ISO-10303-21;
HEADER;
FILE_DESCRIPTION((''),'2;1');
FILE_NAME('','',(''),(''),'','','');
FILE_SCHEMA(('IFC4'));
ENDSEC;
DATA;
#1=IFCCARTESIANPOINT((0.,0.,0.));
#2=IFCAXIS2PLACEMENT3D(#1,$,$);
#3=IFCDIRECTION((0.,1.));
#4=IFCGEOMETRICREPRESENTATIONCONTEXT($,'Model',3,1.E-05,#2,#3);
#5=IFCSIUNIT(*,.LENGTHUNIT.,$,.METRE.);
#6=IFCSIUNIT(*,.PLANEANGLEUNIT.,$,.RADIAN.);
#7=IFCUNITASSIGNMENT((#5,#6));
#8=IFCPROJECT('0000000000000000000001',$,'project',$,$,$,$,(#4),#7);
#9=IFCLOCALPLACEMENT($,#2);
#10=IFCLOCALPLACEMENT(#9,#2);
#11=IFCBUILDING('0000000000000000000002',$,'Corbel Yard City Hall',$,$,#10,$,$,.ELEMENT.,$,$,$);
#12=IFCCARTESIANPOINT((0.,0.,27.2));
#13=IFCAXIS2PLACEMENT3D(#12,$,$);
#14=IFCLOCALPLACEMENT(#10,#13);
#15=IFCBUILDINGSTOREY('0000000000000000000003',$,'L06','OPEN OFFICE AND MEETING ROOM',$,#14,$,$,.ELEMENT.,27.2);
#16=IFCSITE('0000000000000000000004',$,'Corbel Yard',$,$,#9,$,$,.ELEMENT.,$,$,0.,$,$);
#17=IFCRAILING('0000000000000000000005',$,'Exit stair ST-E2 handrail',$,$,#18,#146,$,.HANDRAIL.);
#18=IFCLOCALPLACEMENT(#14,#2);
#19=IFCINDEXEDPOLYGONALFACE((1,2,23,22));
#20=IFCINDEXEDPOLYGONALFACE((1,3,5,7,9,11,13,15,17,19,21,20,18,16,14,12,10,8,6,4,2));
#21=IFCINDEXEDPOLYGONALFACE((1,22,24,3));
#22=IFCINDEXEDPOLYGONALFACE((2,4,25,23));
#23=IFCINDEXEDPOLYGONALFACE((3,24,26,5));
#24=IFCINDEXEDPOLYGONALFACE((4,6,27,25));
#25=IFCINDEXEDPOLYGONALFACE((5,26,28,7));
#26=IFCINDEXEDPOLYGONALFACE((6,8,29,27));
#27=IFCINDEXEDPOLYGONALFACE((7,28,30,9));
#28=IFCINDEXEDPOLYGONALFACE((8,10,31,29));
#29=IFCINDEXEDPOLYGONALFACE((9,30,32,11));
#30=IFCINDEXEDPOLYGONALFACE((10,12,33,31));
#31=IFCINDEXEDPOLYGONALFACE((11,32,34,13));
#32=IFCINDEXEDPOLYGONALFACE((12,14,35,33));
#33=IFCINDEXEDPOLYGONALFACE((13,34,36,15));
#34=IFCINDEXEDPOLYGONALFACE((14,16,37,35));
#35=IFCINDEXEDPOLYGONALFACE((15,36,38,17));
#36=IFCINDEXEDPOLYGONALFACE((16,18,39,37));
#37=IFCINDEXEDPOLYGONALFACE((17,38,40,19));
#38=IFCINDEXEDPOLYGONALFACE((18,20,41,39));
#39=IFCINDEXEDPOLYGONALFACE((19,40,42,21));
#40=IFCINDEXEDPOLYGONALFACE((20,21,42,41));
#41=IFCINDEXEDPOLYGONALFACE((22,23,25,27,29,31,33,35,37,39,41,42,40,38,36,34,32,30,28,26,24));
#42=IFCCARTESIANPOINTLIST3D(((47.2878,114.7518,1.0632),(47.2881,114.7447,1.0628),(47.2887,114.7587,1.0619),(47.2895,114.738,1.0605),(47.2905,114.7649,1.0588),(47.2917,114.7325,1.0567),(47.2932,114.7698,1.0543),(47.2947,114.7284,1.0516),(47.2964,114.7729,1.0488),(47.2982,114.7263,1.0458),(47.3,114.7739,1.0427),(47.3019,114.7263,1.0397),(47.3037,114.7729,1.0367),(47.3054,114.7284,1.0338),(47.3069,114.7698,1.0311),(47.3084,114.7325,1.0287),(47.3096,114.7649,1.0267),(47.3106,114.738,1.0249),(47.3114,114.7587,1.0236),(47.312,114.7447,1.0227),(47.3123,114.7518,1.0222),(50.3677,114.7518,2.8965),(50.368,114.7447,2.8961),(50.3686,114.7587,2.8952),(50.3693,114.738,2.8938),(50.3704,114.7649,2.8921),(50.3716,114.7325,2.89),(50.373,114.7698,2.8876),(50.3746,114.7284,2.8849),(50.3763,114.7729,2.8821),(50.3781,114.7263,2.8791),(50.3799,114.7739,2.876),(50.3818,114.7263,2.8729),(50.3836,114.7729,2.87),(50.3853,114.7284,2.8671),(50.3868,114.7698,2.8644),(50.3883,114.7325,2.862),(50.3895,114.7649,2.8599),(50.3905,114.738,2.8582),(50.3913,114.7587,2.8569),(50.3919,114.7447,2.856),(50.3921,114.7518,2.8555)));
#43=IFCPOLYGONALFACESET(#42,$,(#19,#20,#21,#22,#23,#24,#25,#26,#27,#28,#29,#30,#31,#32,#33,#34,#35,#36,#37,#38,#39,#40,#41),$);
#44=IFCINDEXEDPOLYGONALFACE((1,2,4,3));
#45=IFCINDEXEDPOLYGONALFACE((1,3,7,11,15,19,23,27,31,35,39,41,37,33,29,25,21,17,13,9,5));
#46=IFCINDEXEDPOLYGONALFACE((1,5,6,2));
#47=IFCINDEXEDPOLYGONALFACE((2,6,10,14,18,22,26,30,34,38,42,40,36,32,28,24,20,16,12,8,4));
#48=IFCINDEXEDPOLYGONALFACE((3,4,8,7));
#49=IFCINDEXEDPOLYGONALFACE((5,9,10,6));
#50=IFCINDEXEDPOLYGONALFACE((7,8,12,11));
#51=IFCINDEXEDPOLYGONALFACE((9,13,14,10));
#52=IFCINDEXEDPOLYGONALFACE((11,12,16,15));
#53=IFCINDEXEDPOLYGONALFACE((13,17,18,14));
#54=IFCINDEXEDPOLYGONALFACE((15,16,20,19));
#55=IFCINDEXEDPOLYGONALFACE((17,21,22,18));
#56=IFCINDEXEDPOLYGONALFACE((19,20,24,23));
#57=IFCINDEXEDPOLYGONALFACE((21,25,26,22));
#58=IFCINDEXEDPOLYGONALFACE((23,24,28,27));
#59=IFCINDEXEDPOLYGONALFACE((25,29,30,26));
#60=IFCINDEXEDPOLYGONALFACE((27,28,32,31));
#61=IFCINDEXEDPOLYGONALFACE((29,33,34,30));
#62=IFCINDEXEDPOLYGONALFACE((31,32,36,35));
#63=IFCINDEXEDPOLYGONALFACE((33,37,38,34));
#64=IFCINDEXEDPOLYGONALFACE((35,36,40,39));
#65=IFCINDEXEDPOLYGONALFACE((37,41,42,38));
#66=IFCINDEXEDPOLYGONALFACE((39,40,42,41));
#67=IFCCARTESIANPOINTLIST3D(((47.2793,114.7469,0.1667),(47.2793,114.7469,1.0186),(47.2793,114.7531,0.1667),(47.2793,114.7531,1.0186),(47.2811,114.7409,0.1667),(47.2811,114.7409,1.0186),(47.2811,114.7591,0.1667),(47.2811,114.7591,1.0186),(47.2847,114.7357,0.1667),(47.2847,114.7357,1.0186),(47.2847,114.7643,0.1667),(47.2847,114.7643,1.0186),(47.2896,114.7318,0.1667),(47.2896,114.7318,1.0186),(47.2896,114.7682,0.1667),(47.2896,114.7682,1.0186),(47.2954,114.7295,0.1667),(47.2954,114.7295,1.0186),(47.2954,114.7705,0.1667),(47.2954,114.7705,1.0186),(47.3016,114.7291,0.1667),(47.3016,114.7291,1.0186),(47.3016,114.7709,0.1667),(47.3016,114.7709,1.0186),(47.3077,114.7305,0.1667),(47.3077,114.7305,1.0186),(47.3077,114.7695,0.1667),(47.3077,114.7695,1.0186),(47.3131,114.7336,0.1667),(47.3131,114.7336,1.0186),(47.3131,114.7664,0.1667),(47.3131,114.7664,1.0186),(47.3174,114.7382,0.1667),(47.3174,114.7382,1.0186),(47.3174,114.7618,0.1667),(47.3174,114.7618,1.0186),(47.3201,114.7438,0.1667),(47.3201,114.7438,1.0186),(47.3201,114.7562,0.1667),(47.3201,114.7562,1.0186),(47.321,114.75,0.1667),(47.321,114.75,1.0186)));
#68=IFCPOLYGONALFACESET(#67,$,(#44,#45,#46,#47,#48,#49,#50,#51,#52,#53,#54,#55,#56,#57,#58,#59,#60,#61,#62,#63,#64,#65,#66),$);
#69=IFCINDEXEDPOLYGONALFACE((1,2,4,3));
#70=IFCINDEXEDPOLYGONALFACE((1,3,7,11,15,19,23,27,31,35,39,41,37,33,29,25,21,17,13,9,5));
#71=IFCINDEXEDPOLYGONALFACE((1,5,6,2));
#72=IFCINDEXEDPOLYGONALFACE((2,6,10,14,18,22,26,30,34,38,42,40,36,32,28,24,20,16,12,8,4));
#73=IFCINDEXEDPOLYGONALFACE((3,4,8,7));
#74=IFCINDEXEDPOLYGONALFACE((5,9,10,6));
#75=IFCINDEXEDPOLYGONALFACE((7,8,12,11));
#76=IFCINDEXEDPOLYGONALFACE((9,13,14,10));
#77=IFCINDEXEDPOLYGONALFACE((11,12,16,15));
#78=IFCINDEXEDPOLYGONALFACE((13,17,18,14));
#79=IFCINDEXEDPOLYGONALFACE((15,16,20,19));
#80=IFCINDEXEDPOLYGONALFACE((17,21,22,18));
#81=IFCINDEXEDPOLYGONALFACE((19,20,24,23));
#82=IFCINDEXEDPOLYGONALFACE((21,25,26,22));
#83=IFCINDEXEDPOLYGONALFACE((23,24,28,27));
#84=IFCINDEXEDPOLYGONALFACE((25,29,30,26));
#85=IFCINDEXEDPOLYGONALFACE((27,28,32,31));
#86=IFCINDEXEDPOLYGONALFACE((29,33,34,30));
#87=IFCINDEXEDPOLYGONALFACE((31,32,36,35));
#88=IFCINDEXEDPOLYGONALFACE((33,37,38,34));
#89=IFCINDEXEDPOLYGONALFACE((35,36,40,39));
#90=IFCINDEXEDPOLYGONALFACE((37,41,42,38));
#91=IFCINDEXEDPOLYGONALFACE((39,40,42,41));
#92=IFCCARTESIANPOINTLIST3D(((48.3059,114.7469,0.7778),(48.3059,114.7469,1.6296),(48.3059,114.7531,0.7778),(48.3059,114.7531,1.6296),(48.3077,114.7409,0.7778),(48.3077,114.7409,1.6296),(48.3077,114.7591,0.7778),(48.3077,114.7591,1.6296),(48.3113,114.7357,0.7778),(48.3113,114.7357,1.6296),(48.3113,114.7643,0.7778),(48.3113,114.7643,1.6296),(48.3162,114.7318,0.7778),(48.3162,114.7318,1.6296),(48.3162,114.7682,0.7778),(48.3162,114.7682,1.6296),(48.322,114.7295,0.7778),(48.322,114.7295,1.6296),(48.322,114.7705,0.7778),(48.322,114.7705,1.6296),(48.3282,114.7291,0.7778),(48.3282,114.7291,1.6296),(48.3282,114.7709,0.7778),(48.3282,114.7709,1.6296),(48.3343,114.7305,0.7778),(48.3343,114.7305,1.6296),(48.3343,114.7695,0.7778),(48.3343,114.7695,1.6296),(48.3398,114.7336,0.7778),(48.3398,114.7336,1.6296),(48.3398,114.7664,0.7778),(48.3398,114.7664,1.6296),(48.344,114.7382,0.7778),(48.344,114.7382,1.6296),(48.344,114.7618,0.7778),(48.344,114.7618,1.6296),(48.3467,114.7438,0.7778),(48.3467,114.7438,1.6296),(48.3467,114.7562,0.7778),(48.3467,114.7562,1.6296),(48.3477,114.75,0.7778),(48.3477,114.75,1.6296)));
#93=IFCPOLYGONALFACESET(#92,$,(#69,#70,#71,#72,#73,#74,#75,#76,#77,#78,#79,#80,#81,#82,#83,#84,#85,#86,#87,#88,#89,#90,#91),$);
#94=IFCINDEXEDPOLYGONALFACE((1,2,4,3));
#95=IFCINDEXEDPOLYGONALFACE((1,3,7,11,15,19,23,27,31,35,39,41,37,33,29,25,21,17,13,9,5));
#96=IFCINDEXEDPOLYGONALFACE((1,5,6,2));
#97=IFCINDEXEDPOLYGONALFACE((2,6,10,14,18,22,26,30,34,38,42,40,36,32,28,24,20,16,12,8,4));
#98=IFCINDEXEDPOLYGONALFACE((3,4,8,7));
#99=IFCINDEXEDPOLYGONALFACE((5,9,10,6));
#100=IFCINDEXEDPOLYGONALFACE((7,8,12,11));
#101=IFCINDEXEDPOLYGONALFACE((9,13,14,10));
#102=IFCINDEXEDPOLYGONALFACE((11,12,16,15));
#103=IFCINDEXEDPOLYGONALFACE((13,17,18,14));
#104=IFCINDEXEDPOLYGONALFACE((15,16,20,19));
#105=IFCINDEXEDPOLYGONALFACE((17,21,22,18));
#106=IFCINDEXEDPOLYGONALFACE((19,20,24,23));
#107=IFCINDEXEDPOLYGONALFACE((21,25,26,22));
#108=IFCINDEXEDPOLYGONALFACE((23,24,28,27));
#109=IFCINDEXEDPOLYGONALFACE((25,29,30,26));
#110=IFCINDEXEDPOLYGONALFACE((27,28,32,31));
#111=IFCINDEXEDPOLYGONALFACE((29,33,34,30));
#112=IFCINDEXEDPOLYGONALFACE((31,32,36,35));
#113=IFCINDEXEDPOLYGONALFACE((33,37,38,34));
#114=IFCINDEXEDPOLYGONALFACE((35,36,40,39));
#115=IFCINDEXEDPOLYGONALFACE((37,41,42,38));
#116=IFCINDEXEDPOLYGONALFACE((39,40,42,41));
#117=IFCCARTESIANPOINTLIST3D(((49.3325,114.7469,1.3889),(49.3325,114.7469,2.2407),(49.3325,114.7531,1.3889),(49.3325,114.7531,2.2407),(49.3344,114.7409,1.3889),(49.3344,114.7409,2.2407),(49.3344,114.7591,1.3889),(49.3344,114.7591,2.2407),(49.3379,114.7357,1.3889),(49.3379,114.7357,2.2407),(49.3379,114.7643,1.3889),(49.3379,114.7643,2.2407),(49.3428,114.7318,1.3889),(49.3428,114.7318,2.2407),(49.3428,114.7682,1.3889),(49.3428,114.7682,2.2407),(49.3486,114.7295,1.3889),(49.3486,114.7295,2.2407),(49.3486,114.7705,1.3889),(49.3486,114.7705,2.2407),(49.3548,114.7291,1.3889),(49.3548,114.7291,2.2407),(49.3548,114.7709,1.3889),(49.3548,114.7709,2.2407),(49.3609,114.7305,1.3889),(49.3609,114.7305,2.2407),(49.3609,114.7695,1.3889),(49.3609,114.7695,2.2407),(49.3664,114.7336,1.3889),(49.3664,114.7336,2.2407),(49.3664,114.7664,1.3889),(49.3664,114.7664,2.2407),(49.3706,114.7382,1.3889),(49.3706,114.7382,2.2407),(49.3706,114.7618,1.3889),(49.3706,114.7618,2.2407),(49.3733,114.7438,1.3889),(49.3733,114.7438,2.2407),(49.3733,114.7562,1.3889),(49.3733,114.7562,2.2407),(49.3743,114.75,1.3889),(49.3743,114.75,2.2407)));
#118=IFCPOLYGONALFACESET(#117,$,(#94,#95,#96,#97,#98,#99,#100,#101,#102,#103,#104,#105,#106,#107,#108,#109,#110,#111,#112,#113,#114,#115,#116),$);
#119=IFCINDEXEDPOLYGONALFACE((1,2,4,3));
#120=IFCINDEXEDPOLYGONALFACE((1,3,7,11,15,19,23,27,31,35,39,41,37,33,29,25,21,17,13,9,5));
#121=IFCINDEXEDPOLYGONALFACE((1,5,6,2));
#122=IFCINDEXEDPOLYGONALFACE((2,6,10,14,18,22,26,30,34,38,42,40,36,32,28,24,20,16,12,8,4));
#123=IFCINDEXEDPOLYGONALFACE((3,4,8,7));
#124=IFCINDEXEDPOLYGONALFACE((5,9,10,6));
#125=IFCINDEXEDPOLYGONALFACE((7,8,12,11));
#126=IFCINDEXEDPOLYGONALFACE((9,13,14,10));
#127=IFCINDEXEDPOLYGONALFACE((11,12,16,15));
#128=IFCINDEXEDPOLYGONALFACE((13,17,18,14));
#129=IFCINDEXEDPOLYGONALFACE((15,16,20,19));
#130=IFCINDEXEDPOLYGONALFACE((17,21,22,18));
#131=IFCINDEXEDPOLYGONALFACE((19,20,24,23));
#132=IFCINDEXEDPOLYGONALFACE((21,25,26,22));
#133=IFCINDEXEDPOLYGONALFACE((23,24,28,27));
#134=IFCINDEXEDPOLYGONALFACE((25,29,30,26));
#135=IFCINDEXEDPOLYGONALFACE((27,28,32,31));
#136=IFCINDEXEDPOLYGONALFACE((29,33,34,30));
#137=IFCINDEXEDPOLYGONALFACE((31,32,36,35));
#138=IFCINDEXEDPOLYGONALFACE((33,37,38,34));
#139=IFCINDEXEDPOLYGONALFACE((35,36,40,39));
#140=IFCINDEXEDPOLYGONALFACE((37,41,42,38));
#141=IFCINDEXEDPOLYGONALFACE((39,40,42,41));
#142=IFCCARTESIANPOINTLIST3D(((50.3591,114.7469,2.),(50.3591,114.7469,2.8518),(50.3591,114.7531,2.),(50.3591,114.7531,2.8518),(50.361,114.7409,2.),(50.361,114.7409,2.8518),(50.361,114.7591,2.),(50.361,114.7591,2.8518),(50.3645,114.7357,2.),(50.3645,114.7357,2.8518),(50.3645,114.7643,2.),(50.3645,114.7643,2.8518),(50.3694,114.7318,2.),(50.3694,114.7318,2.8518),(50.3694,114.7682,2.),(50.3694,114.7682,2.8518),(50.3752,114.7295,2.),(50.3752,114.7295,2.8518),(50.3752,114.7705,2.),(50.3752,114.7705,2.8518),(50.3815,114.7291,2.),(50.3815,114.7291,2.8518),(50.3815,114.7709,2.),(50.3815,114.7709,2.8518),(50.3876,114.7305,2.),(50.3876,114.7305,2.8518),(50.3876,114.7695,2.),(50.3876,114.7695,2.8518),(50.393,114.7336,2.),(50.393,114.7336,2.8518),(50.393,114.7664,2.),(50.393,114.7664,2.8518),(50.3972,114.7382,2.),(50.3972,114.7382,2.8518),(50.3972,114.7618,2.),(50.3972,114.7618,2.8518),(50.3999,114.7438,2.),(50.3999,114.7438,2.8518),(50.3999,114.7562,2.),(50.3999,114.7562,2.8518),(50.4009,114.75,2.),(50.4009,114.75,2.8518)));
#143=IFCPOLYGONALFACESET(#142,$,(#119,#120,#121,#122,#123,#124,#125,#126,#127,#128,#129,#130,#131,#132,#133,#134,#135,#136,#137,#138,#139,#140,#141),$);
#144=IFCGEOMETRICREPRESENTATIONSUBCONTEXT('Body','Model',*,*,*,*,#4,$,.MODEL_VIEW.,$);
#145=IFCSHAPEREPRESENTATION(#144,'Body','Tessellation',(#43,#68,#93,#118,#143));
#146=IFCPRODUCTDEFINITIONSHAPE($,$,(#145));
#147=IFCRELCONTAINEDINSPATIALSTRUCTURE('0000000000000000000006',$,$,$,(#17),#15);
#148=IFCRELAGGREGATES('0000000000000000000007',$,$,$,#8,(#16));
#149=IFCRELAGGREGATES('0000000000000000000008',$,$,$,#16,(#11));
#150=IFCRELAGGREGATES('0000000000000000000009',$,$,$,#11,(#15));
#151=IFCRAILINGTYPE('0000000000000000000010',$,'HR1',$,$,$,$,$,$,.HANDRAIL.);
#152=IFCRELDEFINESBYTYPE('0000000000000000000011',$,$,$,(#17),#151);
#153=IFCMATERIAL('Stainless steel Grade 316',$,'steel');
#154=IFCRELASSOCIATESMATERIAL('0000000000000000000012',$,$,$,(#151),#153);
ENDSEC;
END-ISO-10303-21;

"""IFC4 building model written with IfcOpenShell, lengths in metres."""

from ifc_helpers import new_model, si_unit, direction, frame, origin, origin_2d, place, context, subcontext, project, spatial, circle, extrude, material, type_object, element, save


model = new_model("IFC4")

# Units and contexts
model_context = context("Model", 3, precision=1e-05, world=origin(), true_north=direction((0.0, 1.0)))
body_context = subcontext(model_context, "Body", "Model", "MODEL_VIEW")
ifc_project = project(units=[si_unit("LENGTHUNIT", "METRE"), si_unit("PLANEANGLEUNIT", "RADIAN")], contexts=[model_context])

# Site, building, storey
site_placement = place(None, origin())
site = spatial("IfcSite", under=ifc_project, at=site_placement, Name="Corbel Yard", CompositionType="ELEMENT", RefElevation=0.0)
building_placement = place(site_placement, origin())
building = spatial("IfcBuilding", under=site, at=building_placement, Name="Corbel Yard City Hall", CompositionType="ELEMENT")
storey_placement = place(building_placement, frame((0.0, 0.0, 27.2)))
storey = spatial("IfcBuildingStorey", under=building, at=storey_placement, Name="L06", Description="OPEN OFFICE AND MEETING ROOM", CompositionType="ELEMENT", Elevation=27.2)

# Shared definitions
ifc_material_1 = material(Name="Stainless steel Grade 316", Category="steel")

# Railing
railing_type = type_object("IfcRailingType", Name="HR1", PredefinedType="HANDRAIL", material=ifc_material_1)
railing_placement = place(storey_placement, frame((47.3, 114.75, 0.1667)))
element("IfcRailing", 1, at=railing_placement, inside=storey, type_object=railing_type, Name="Exit stair ST-E2 handrail", PredefinedType="HANDRAIL", context=body_context, shape_type="SweptSolid", body=[
    extrude(circle(Radius=0.0239, at=origin_2d()), frame((0.0, 0.0, 0.876), z_axis=(0.859291, 0.0, 0.511487), x_axis=(0.0, 1.0, 0.0)), (0.0, 0.0, 1.0), 3.5842),
    extrude(circle(Radius=0.021, at=origin_2d()), origin(), (0.0, 0.0, 1.0), 0.8518),
    extrude(circle(Radius=0.021, at=origin_2d()), frame((1.0266, 0.0, 0.6111)), (0.0, 0.0, 1.0), 0.8518),
    extrude(circle(Radius=0.021, at=origin_2d()), frame((2.0532, 0.0, 1.2222)), (0.0, 0.0, 1.0), 0.8518),
    extrude(circle(Radius=0.021, at=origin_2d()), frame((3.0798, 0.0, 1.8333)), (0.0, 0.0, 1.0), 0.8518),
])

save(model, "model.ifc")
